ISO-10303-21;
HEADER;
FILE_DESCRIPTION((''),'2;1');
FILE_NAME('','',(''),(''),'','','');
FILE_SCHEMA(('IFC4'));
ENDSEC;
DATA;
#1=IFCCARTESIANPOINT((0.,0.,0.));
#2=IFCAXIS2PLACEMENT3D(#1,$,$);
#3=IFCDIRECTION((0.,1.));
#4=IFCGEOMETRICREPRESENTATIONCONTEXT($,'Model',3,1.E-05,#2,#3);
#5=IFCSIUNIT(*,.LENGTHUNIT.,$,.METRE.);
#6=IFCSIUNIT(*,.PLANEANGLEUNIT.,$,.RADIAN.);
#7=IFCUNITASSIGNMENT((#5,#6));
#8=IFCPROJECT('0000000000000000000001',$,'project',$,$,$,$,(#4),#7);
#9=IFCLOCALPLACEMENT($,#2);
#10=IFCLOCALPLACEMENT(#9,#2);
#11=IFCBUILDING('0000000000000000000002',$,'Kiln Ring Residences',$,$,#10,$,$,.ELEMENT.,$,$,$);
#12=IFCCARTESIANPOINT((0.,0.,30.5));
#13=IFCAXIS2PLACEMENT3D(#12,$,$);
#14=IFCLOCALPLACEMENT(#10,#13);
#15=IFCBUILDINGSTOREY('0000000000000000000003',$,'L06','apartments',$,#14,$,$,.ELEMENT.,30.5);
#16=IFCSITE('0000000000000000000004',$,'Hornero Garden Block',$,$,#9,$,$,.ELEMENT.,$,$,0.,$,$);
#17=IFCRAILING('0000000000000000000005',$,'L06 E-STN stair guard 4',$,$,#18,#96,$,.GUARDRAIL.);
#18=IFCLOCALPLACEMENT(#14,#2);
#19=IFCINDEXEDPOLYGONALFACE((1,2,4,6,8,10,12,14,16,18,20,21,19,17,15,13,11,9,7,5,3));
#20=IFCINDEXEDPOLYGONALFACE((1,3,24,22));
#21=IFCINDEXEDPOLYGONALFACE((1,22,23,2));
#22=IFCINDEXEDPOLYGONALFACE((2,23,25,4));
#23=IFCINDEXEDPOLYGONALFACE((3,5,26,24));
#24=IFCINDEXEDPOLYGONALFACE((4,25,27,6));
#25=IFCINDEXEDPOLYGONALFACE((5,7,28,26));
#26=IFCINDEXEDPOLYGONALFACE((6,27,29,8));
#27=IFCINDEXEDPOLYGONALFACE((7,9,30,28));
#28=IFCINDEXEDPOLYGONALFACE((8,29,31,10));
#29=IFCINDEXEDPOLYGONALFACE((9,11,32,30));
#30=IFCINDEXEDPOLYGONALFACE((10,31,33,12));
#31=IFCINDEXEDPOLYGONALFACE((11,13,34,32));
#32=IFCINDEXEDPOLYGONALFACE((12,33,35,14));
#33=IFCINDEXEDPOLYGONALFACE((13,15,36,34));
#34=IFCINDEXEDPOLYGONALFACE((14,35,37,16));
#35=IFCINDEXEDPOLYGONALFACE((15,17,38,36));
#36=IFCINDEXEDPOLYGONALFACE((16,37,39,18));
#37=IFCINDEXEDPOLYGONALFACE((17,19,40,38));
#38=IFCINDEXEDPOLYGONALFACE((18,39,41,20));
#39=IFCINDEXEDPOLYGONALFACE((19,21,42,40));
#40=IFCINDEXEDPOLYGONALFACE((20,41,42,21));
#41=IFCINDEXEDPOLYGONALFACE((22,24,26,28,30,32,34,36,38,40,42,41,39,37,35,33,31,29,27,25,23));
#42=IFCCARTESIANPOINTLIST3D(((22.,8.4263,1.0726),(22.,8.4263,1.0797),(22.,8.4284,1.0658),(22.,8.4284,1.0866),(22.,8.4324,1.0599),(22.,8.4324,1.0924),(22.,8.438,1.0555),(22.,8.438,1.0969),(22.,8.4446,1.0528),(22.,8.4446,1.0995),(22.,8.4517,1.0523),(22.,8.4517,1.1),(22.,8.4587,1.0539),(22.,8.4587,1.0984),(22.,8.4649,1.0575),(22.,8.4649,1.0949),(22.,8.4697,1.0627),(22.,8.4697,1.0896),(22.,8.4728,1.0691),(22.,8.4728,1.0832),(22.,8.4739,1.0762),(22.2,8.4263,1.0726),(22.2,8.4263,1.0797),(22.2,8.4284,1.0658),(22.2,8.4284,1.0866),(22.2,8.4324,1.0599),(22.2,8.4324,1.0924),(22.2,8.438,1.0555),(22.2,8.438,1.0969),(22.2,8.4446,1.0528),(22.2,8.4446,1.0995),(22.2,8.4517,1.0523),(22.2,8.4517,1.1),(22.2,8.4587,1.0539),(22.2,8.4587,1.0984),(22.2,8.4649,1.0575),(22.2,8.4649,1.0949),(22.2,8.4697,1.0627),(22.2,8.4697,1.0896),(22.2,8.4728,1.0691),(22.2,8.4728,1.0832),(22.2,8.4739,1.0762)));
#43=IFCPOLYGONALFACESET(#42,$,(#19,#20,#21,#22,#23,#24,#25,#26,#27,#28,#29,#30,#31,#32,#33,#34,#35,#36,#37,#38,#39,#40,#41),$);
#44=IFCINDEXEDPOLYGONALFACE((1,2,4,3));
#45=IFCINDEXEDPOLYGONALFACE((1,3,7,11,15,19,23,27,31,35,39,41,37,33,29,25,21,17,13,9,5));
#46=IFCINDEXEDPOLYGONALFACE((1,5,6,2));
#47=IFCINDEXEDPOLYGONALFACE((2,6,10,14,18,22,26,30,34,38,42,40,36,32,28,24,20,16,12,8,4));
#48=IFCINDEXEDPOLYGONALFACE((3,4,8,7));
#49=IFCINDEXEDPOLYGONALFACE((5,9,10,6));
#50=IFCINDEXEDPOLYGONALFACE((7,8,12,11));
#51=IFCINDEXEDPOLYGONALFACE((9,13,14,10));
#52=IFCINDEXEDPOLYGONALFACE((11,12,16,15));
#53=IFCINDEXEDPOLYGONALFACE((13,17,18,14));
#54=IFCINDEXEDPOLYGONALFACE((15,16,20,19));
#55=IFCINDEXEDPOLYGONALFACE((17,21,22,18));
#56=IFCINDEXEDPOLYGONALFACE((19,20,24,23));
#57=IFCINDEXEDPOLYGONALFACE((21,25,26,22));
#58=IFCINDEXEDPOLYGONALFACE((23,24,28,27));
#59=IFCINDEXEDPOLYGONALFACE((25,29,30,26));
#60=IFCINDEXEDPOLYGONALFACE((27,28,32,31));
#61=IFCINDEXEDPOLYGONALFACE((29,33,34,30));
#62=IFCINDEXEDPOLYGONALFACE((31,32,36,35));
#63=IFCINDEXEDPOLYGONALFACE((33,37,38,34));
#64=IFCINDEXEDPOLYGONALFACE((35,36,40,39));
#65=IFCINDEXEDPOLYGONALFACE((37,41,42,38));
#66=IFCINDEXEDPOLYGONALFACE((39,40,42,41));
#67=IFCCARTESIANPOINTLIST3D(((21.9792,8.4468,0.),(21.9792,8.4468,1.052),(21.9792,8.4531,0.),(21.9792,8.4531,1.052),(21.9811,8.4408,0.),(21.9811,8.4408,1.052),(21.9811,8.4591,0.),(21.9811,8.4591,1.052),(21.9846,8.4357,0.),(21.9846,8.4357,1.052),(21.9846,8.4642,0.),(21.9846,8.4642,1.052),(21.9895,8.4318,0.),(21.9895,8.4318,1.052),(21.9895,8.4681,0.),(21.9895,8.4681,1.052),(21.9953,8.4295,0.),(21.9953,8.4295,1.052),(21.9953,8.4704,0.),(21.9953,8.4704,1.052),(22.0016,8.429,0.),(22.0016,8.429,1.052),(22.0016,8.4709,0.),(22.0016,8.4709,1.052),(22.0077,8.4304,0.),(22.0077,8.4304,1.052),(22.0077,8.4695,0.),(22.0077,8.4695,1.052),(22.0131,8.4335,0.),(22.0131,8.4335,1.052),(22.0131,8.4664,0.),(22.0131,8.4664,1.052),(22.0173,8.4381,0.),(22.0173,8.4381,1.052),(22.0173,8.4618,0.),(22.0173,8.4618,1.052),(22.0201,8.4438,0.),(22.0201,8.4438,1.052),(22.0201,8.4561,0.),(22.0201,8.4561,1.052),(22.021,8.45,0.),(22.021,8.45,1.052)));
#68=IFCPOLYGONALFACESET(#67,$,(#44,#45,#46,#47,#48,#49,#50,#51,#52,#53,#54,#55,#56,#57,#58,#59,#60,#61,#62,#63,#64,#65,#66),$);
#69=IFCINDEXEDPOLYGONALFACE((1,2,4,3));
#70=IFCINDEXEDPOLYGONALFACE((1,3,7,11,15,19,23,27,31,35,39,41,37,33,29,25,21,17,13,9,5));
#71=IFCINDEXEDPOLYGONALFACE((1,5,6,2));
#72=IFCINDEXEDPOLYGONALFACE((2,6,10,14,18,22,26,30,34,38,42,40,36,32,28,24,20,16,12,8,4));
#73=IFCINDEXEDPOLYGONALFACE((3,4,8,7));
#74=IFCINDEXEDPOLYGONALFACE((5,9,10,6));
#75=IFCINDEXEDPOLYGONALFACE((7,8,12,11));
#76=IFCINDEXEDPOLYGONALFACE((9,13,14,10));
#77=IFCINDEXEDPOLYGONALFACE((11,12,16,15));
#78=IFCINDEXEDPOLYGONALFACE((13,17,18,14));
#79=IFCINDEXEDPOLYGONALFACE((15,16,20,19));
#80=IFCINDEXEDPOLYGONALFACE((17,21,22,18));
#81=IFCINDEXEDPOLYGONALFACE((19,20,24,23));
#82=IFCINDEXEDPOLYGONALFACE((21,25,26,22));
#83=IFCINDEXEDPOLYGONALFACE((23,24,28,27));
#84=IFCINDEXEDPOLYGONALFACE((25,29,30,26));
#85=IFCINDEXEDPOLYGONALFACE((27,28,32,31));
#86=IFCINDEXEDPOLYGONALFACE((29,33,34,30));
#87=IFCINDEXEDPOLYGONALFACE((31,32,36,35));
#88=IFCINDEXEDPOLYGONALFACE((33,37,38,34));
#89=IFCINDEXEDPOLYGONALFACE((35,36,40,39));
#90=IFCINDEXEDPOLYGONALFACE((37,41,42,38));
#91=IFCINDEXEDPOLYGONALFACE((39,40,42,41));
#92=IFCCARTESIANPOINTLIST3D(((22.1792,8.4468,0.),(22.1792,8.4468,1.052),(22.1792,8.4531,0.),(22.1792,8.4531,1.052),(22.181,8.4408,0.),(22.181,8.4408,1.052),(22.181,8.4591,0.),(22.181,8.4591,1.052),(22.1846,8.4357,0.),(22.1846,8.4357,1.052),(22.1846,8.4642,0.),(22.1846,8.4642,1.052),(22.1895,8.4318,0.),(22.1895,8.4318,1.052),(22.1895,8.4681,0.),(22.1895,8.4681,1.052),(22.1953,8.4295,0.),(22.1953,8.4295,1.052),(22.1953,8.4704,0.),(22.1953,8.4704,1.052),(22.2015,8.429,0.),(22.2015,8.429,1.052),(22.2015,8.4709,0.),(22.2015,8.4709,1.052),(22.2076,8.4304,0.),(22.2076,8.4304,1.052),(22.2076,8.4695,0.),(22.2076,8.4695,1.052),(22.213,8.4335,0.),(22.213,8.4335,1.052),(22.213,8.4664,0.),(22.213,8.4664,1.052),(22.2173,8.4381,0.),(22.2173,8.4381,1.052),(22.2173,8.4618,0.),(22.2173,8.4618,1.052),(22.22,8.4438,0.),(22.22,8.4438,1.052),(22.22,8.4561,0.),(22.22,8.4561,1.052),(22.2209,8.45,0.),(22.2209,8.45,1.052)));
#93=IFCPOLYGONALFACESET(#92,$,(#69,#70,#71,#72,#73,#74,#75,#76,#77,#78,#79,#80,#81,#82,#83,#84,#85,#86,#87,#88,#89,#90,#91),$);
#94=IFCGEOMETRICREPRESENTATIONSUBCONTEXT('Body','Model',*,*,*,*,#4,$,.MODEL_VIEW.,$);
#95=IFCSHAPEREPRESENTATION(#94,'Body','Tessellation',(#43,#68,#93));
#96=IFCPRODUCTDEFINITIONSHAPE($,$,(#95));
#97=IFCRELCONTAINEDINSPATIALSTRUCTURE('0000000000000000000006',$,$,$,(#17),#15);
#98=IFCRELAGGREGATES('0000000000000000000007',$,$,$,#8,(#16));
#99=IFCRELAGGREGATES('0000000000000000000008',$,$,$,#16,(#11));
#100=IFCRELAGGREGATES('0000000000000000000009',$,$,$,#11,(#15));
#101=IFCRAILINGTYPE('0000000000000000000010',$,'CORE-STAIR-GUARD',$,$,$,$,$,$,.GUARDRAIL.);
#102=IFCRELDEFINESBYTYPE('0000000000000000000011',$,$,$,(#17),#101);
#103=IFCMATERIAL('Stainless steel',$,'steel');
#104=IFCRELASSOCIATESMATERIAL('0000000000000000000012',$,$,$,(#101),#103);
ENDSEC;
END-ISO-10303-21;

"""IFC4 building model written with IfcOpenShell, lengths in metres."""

from ifc_helpers import new_model, si_unit, direction, frame, origin, origin_2d, place, context, subcontext, project, spatial, circle, extrude, material, type_object, element, save


model = new_model("IFC4")

# Units and contexts
model_context = context("Model", 3, precision=1e-05, world=origin(), true_north=direction((0.0, 1.0)))
body_context = subcontext(model_context, "Body", "Model", "MODEL_VIEW")
ifc_project = project(units=[si_unit("LENGTHUNIT", "METRE"), si_unit("PLANEANGLEUNIT", "RADIAN")], contexts=[model_context])

# Site, building, storey
site_placement = place(None, origin())
site = spatial("IfcSite", under=ifc_project, at=site_placement, Name="Hornero Garden Block", CompositionType="ELEMENT", RefElevation=0.0)
building_placement = place(site_placement, origin())
building = spatial("IfcBuilding", under=site, at=building_placement, Name="Kiln Ring Residences", CompositionType="ELEMENT")
storey_placement = place(building_placement, frame((0.0, 0.0, 30.5)))
storey = spatial("IfcBuildingStorey", under=building, at=storey_placement, Name="L06", Description="apartments", CompositionType="ELEMENT", Elevation=30.5)

# Railing
ifc_material_1 = material(Name="Stainless steel", Category="steel")
railing_type_1 = type_object("IfcRailingType", Name="CORE-STAIR-GUARD", PredefinedType="GUARDRAIL", material=ifc_material_1)
railing_1_placement = place(storey_placement, frame((22.0, 8.45, 0.0)))
element("IfcRailing", 1, at=railing_1_placement, inside=storey, type_object=railing_type_1, Name="L06 E-STN stair guard 4", PredefinedType="GUARDRAIL", context=body_context, shape_type="SweptSolid", body=[
    extrude(circle(Radius=0.0239, at=origin_2d()), frame((0.0, 0.0, 1.0762), z_axis=(1.0, 0.0, 0.0), x_axis=(0.0, 1.0, 0.0)), (0.0, 0.0, 1.0), 0.2),
    extrude(circle(Radius=0.021, at=origin_2d()), origin(), (0.0, 0.0, 1.0), 1.052),
    extrude(circle(Radius=0.021, at=origin_2d()), frame((0.2, 0.0, 0.0)), (0.0, 0.0, 1.0), 1.052),
])

save(model, "model.ifc")
